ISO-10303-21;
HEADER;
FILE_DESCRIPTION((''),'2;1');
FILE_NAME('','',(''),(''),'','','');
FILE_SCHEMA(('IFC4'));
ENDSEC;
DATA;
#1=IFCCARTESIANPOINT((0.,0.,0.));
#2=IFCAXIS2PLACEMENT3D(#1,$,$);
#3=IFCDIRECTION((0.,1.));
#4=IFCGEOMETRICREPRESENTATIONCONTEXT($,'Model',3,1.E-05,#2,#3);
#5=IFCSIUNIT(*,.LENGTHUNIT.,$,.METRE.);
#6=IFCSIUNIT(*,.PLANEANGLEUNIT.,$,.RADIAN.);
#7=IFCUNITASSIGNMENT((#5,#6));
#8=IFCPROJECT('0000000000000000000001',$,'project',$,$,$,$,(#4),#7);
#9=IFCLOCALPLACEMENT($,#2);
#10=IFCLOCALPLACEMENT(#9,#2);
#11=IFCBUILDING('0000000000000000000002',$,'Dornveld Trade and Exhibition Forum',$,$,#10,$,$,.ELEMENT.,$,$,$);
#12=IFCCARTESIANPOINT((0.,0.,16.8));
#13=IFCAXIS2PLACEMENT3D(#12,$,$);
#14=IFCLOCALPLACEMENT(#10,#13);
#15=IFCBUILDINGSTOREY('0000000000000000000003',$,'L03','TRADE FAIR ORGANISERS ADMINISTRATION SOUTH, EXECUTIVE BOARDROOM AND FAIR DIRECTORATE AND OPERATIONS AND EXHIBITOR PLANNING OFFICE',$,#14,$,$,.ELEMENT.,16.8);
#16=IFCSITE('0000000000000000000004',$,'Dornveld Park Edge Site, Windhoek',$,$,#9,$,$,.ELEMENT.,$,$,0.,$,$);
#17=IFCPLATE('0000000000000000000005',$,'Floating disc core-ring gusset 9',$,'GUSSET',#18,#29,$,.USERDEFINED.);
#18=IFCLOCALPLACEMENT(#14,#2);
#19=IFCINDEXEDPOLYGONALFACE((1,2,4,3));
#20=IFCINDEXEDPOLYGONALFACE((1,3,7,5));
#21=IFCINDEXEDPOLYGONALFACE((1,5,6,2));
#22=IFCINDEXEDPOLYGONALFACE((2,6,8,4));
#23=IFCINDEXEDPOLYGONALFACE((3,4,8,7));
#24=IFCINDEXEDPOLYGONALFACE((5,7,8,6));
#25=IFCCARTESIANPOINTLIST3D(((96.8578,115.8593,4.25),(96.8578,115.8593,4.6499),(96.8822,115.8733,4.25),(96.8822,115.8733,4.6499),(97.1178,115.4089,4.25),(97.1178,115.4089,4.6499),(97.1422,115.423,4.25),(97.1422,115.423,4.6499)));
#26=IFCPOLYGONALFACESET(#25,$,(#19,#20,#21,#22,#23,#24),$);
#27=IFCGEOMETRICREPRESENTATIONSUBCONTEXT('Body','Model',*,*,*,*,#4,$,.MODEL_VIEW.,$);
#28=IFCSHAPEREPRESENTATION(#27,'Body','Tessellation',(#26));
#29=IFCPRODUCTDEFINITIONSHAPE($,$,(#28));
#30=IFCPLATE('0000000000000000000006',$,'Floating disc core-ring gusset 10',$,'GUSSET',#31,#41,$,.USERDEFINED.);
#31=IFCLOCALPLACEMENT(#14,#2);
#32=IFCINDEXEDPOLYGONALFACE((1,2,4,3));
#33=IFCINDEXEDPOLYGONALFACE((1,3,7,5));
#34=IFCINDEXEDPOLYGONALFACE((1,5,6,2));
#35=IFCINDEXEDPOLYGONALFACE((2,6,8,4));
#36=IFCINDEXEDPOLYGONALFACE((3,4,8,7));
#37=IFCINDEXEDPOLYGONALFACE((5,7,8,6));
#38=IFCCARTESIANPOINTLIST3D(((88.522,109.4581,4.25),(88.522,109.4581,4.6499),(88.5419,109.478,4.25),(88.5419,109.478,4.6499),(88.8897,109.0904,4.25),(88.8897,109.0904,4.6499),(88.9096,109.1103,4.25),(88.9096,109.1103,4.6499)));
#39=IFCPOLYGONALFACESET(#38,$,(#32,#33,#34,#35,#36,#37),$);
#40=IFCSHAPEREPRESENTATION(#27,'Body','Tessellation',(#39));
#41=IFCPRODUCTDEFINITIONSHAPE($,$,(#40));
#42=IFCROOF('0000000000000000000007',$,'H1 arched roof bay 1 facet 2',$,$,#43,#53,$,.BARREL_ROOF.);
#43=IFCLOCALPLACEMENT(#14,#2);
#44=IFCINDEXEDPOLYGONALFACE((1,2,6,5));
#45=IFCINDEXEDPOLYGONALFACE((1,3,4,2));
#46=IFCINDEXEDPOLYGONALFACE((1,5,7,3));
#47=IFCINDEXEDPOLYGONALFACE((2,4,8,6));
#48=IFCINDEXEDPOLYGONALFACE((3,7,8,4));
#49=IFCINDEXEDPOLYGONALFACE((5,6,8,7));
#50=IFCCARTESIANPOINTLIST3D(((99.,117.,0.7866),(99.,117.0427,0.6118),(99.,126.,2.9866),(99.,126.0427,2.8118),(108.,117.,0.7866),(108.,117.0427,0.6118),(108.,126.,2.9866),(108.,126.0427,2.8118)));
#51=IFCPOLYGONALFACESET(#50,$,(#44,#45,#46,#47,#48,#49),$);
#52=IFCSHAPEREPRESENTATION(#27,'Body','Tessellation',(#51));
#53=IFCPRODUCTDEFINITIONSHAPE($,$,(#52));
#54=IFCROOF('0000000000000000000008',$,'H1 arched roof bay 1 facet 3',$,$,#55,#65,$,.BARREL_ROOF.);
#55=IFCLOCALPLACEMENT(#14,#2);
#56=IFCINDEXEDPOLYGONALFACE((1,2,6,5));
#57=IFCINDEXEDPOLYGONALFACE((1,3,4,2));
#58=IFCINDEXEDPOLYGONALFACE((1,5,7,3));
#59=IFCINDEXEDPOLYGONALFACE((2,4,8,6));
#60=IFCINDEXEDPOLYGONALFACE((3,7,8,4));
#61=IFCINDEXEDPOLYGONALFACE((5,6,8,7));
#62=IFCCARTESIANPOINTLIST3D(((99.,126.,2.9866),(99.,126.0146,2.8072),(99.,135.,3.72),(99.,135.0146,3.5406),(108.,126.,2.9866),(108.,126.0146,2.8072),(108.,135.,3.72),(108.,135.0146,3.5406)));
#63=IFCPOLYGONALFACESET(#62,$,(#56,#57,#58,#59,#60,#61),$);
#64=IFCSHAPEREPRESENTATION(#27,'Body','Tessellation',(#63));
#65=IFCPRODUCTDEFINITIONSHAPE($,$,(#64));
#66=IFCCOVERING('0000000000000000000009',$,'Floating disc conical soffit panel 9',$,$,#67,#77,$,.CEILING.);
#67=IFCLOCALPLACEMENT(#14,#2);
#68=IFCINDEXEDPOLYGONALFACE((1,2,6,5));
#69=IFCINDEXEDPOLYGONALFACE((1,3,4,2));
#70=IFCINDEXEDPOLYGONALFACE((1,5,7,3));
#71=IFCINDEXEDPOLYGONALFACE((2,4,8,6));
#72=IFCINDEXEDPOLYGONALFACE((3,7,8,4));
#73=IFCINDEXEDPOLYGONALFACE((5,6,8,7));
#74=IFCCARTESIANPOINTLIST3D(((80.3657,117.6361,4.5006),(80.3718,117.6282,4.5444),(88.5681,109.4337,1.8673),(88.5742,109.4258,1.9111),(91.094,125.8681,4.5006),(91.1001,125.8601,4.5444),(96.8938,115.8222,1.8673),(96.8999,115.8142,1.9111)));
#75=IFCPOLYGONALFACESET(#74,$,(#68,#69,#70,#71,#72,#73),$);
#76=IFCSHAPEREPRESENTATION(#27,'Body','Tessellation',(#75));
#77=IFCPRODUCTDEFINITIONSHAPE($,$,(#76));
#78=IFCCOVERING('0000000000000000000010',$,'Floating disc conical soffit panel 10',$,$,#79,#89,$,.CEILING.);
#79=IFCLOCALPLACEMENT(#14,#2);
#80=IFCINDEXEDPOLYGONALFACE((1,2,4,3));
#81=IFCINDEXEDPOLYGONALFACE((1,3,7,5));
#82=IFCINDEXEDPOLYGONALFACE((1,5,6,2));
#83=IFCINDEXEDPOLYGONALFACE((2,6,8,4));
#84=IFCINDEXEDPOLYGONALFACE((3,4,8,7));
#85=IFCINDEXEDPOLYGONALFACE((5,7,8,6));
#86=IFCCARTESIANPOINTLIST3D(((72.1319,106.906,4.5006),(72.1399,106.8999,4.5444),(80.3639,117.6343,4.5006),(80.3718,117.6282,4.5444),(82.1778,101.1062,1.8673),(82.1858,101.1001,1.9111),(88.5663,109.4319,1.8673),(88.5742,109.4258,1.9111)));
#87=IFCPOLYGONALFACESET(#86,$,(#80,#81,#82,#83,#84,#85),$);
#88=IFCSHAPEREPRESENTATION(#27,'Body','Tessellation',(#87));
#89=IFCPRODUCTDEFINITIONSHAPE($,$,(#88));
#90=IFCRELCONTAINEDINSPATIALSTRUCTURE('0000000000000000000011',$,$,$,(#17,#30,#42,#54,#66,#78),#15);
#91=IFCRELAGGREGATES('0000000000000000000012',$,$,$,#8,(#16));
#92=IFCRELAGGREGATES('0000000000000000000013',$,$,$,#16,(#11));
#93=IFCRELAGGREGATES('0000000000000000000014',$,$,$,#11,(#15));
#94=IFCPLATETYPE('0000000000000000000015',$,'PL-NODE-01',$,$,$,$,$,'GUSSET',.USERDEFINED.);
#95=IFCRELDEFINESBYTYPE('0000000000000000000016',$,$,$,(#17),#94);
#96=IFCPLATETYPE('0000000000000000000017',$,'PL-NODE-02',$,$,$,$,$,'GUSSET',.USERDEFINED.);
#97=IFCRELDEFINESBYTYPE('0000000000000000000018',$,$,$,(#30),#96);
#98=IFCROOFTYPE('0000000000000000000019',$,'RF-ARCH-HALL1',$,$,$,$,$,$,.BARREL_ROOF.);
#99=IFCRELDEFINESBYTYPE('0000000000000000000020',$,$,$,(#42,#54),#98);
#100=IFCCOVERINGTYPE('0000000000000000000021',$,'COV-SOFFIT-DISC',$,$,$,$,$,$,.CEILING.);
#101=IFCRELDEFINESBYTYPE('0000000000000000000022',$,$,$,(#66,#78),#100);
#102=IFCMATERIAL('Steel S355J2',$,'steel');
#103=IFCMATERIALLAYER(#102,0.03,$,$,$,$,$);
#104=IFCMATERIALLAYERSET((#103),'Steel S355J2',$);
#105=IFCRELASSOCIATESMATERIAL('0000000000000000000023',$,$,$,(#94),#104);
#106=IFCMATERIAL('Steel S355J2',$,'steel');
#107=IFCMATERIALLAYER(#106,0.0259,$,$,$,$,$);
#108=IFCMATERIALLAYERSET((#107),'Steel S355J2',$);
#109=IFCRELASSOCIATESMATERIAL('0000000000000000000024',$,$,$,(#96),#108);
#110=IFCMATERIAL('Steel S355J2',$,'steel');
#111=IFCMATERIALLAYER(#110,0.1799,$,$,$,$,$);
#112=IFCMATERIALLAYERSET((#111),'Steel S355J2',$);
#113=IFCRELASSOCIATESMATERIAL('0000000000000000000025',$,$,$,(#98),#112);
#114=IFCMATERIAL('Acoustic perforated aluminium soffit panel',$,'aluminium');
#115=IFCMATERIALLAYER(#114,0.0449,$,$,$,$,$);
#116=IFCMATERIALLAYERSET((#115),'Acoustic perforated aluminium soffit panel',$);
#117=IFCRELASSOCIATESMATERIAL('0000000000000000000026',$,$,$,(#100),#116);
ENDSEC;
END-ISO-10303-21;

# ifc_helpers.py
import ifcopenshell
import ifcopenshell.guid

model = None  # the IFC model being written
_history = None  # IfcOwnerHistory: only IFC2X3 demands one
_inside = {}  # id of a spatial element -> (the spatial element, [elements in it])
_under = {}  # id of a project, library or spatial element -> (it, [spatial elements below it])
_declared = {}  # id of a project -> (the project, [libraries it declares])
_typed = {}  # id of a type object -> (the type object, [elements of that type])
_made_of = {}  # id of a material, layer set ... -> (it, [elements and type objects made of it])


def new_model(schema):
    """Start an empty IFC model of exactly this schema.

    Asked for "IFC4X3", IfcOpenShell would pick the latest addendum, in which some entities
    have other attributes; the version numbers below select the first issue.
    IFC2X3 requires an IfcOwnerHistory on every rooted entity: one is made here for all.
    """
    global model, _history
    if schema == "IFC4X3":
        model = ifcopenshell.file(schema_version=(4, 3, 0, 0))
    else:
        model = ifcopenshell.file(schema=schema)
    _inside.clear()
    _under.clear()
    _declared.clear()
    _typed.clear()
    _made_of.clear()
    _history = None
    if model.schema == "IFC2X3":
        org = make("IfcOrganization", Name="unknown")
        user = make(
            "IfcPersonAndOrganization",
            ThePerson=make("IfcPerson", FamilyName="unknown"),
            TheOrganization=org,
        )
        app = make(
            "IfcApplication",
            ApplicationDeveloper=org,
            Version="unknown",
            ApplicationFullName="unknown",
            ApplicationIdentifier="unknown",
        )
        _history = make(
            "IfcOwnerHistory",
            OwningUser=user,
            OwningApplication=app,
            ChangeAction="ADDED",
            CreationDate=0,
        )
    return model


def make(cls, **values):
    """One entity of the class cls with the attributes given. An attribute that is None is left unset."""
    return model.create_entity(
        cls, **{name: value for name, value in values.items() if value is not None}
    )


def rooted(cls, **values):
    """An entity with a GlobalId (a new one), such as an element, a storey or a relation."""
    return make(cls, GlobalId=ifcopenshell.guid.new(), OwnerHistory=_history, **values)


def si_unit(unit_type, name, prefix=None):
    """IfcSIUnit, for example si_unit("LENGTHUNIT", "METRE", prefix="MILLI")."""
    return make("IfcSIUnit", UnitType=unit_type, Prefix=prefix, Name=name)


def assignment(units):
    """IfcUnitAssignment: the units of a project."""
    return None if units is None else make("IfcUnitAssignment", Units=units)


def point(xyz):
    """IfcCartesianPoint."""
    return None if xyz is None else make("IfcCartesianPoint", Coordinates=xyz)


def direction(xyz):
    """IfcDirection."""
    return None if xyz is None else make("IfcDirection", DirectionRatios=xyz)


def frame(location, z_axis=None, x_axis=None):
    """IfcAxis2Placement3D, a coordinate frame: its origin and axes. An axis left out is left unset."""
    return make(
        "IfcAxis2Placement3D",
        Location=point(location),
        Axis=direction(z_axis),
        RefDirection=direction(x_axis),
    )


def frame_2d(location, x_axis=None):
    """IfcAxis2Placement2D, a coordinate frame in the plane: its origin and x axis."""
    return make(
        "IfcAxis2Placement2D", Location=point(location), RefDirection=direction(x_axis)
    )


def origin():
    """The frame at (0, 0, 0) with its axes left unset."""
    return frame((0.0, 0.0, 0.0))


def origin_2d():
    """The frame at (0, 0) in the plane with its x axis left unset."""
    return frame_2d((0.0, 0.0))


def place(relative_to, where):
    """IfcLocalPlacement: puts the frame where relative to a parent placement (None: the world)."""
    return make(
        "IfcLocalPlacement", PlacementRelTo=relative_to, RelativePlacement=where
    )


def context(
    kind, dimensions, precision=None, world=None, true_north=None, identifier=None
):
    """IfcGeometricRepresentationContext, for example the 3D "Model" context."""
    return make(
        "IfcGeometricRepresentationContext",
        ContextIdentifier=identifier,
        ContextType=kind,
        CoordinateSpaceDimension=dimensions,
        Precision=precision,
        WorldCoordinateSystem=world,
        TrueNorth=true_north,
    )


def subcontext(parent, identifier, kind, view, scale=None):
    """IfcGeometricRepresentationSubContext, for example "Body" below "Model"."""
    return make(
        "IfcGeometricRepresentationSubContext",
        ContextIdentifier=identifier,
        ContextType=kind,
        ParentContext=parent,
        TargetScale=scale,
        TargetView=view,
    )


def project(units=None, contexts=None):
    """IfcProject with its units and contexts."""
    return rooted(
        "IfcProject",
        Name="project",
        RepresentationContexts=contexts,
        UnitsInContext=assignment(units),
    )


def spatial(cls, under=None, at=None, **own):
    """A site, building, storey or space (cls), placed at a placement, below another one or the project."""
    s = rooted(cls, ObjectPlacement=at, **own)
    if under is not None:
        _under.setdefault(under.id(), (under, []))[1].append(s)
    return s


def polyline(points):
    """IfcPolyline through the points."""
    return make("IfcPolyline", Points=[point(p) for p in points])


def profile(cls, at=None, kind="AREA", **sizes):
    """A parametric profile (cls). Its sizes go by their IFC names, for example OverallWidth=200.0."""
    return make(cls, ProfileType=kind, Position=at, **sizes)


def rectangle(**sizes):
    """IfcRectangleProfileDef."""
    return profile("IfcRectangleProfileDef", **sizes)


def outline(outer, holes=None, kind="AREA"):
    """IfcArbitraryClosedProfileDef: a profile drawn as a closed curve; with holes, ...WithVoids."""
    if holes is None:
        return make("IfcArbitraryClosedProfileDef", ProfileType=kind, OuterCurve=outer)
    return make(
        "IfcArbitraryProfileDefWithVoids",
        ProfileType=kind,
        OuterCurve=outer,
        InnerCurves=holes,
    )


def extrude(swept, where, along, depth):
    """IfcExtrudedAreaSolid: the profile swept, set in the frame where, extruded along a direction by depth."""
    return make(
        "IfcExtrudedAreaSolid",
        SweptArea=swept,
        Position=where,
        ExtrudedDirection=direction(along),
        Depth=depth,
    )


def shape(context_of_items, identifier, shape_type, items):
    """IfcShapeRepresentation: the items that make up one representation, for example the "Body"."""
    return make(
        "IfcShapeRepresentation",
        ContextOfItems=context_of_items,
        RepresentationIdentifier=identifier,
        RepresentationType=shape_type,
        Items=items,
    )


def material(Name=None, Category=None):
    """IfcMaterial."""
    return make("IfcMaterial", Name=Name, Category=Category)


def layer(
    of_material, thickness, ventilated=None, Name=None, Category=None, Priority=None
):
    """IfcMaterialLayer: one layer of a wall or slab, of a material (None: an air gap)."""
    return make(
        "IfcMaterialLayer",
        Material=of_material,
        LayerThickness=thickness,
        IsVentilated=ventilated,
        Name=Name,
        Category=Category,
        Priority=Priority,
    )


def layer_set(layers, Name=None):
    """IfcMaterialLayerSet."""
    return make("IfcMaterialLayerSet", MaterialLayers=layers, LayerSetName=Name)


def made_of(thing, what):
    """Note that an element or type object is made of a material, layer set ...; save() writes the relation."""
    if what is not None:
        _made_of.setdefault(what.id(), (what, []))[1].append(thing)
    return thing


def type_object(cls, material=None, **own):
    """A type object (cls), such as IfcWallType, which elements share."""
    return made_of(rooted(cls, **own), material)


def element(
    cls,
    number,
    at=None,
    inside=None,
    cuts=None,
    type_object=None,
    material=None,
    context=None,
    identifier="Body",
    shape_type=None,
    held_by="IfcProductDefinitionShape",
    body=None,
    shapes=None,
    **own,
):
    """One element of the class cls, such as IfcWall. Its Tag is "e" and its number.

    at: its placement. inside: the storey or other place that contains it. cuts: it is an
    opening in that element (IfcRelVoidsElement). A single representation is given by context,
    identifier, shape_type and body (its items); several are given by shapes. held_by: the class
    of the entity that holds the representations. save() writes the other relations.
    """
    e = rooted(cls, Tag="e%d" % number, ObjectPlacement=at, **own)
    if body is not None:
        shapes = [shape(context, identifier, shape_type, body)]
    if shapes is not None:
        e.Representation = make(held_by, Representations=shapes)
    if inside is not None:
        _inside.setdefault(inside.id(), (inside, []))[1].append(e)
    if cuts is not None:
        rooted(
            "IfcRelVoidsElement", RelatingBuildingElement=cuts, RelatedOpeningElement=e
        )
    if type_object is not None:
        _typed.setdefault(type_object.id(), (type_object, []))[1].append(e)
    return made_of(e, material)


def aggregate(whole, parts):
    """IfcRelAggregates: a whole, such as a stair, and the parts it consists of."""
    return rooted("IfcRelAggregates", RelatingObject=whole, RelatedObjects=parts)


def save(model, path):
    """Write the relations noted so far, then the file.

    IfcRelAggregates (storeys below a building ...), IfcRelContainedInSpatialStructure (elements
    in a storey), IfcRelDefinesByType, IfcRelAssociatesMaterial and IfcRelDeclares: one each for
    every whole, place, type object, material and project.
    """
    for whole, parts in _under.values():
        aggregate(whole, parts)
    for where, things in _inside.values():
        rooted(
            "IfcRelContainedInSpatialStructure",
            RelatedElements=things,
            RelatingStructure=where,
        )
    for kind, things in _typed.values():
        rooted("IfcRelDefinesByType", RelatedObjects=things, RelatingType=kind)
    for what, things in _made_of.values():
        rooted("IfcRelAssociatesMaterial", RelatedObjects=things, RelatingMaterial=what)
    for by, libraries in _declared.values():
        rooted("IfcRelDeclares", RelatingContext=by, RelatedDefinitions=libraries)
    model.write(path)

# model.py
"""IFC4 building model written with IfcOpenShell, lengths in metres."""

from ifc_helpers import new_model, si_unit, direction, frame, origin, origin_2d, place, context, subcontext, project, spatial, polyline, rectangle, outline, extrude, material, layer, layer_set, type_object, element, save


model = new_model("IFC4")

# Units and contexts
model_context = context("Model", 3, precision=1e-05, world=origin(), true_north=direction((0.0, 1.0)))
body_context = subcontext(model_context, "Body", "Model", "MODEL_VIEW")
ifc_project = project(units=[si_unit("LENGTHUNIT", "METRE"), si_unit("PLANEANGLEUNIT", "RADIAN")], contexts=[model_context])

# Site, building, storey
site_placement = place(None, origin())
site = spatial("IfcSite", under=ifc_project, at=site_placement, Name="Dornveld Park Edge Site, Windhoek", CompositionType="ELEMENT", RefElevation=0.0)
building_placement = place(site_placement, origin())
building = spatial("IfcBuilding", under=site, at=building_placement, Name="Dornveld Trade and Exhibition Forum", CompositionType="ELEMENT")
storey_placement = place(building_placement, frame((0.0, 0.0, 16.8)))
storey = spatial("IfcBuildingStorey", under=building, at=storey_placement, Name="L03", Description="TRADE FAIR ORGANISERS ADMINISTRATION SOUTH, EXECUTIVE BOARDROOM AND FAIR DIRECTORATE AND OPERATIONS AND EXHIBITOR PLANNING OFFICE", CompositionType="ELEMENT", Elevation=16.8)

# Plates
ifc_material_1 = material(Name="Steel S355J2", Category="steel")
ifc_layer_1 = layer(ifc_material_1, 0.03)
ifc_layer_set_1 = layer_set([ifc_layer_1], Name="Steel S355J2")
plate_type_1 = type_object("IfcPlateType", Name="PL-NODE-01", ElementType="GUSSET", PredefinedType="USERDEFINED", material=ifc_layer_set_1)
plate_1_placement = place(storey_placement, frame((97.0, 115.6411, 4.25), z_axis=(0.0, 0.0, 1.0), x_axis=(-0.5, 0.866025, 0.0)))
element("IfcPlate", 1, at=plate_1_placement, inside=storey, type_object=plate_type_1, Name="Floating disc core-ring gusset 9", ObjectType="GUSSET", PredefinedType="USERDEFINED", context=body_context, shape_type="SweptSolid", body=[
    extrude(rectangle(XDim=0.52, YDim=0.0281, at=origin_2d()), origin(), (0.0, 0.0, 1.0), 0.3999),
])
ifc_material_2 = material(Name="Steel S355J2", Category="steel")
ifc_layer_2 = layer(ifc_material_2, 0.0259)
ifc_layer_set_2 = layer_set([ifc_layer_2], Name="Steel S355J2")
plate_type_2 = type_object("IfcPlateType", Name="PL-NODE-02", ElementType="GUSSET", PredefinedType="USERDEFINED", material=ifc_layer_set_2)
plate_2_placement = place(storey_placement, frame((88.7158, 109.2842, 4.25), z_axis=(0.0, 0.0, 1.0), x_axis=(-0.707107, 0.707107, 0.0)))
element("IfcPlate", 2, at=plate_2_placement, inside=storey, type_object=plate_type_2, Name="Floating disc core-ring gusset 10", ObjectType="GUSSET", PredefinedType="USERDEFINED", context=body_context, shape_type="SweptSolid", body=[
    extrude(rectangle(XDim=0.52, YDim=0.0281, at=origin_2d()), origin(), (0.0, 0.0, 1.0), 0.3999),
])

# Roofs
ifc_material_3 = material(Name="Steel S355J2", Category="steel")
ifc_layer_3 = layer(ifc_material_3, 0.1799)
ifc_layer_set_3 = layer_set([ifc_layer_3], Name="Steel S355J2")
roof_type = type_object("IfcRoofType", Name="RF-ARCH-HALL1", PredefinedType="BARREL_ROOF", material=ifc_layer_set_3)
roof_1_placement = place(storey_placement, frame((99.0, 117.0, 0.7866), z_axis=(0.0, -0.237448, 0.9714), x_axis=(1.0, 0.0, 0.0)))
element("IfcRoof", 3, at=roof_1_placement, inside=storey, type_object=roof_type, Name="H1 arched roof bay 1 facet 2", PredefinedType="BARREL_ROOF", context=body_context, shape_type="SweptSolid", body=[
    extrude(outline(polyline([(0.0, 0.0), (9.0, 0.0), (9.0, 9.265), (0.0, 9.265), (0.0, 0.0)])), origin(), (0.0, 0.0, -1.0), 0.1799),
])
roof_2_placement = place(storey_placement, frame((99.0, 126.0, 2.9866), z_axis=(0.0, -0.081219, 0.996696), x_axis=(1.0, 0.0, 0.0)))
element("IfcRoof", 4, at=roof_2_placement, inside=storey, type_object=roof_type, Name="H1 arched roof bay 1 facet 3", PredefinedType="BARREL_ROOF", context=body_context, shape_type="SweptSolid", body=[
    extrude(outline(polyline([(0.0, 0.0), (9.0, 0.0), (9.0, 9.0298), (0.0, 9.0298), (0.0, 0.0)])), origin(), (0.0, 0.0, -1.0), 0.1799),
])

# Coverings
ifc_material_4 = material(Name="Acoustic perforated aluminium soffit panel", Category="aluminium")
ifc_layer_4 = layer(ifc_material_4, 0.0449)
ifc_layer_set_4 = layer_set([ifc_layer_4], Name="Acoustic perforated aluminium soffit panel")
covering_type = type_object("IfcCoveringType", Name="COV-SOFFIT-DISC", PredefinedType="CEILING", material=ifc_layer_set_4)
covering_1_placement = place(storey_placement, frame((96.8999, 115.8142, 1.9111), z_axis=(0.13587, -0.177072, 0.974774), x_axis=(-0.487582, 0.844545, 0.221378)))
element("IfcCovering", 5, at=covering_1_placement, inside=storey, type_object=covering_type, Name="Floating disc conical soffit panel 9", PredefinedType="CEILING", context=body_context, shape_type="SweptSolid", body=[
    extrude(outline(polyline([(0.0, 0.0), (11.895, 0.0), (10.1737, 13.4126), (-1.3359, 10.4089), (0.0, 0.0)])), origin(), (0.0, 0.0, -1.0), 0.0449),
])
covering_2_placement = place(storey_placement, frame((88.5742, 109.4258, 1.9111), z_axis=(0.177072, -0.13587, 0.974774), x_axis=(-0.689562, 0.689562, 0.221378)))
element("IfcCovering", 6, at=covering_2_placement, inside=storey, type_object=covering_type, Name="Floating disc conical soffit panel 10", PredefinedType="CEILING", context=body_context, shape_type="SweptSolid", body=[
    extrude(outline(polyline([(0.0, 0.0), (11.8951, 0.0), (10.1737, 13.4126), (-1.3359, 10.4089), (0.0, 0.0)])), origin(), (0.0, 0.0, -1.0), 0.0449),
])

save(model, "model.ifc")
